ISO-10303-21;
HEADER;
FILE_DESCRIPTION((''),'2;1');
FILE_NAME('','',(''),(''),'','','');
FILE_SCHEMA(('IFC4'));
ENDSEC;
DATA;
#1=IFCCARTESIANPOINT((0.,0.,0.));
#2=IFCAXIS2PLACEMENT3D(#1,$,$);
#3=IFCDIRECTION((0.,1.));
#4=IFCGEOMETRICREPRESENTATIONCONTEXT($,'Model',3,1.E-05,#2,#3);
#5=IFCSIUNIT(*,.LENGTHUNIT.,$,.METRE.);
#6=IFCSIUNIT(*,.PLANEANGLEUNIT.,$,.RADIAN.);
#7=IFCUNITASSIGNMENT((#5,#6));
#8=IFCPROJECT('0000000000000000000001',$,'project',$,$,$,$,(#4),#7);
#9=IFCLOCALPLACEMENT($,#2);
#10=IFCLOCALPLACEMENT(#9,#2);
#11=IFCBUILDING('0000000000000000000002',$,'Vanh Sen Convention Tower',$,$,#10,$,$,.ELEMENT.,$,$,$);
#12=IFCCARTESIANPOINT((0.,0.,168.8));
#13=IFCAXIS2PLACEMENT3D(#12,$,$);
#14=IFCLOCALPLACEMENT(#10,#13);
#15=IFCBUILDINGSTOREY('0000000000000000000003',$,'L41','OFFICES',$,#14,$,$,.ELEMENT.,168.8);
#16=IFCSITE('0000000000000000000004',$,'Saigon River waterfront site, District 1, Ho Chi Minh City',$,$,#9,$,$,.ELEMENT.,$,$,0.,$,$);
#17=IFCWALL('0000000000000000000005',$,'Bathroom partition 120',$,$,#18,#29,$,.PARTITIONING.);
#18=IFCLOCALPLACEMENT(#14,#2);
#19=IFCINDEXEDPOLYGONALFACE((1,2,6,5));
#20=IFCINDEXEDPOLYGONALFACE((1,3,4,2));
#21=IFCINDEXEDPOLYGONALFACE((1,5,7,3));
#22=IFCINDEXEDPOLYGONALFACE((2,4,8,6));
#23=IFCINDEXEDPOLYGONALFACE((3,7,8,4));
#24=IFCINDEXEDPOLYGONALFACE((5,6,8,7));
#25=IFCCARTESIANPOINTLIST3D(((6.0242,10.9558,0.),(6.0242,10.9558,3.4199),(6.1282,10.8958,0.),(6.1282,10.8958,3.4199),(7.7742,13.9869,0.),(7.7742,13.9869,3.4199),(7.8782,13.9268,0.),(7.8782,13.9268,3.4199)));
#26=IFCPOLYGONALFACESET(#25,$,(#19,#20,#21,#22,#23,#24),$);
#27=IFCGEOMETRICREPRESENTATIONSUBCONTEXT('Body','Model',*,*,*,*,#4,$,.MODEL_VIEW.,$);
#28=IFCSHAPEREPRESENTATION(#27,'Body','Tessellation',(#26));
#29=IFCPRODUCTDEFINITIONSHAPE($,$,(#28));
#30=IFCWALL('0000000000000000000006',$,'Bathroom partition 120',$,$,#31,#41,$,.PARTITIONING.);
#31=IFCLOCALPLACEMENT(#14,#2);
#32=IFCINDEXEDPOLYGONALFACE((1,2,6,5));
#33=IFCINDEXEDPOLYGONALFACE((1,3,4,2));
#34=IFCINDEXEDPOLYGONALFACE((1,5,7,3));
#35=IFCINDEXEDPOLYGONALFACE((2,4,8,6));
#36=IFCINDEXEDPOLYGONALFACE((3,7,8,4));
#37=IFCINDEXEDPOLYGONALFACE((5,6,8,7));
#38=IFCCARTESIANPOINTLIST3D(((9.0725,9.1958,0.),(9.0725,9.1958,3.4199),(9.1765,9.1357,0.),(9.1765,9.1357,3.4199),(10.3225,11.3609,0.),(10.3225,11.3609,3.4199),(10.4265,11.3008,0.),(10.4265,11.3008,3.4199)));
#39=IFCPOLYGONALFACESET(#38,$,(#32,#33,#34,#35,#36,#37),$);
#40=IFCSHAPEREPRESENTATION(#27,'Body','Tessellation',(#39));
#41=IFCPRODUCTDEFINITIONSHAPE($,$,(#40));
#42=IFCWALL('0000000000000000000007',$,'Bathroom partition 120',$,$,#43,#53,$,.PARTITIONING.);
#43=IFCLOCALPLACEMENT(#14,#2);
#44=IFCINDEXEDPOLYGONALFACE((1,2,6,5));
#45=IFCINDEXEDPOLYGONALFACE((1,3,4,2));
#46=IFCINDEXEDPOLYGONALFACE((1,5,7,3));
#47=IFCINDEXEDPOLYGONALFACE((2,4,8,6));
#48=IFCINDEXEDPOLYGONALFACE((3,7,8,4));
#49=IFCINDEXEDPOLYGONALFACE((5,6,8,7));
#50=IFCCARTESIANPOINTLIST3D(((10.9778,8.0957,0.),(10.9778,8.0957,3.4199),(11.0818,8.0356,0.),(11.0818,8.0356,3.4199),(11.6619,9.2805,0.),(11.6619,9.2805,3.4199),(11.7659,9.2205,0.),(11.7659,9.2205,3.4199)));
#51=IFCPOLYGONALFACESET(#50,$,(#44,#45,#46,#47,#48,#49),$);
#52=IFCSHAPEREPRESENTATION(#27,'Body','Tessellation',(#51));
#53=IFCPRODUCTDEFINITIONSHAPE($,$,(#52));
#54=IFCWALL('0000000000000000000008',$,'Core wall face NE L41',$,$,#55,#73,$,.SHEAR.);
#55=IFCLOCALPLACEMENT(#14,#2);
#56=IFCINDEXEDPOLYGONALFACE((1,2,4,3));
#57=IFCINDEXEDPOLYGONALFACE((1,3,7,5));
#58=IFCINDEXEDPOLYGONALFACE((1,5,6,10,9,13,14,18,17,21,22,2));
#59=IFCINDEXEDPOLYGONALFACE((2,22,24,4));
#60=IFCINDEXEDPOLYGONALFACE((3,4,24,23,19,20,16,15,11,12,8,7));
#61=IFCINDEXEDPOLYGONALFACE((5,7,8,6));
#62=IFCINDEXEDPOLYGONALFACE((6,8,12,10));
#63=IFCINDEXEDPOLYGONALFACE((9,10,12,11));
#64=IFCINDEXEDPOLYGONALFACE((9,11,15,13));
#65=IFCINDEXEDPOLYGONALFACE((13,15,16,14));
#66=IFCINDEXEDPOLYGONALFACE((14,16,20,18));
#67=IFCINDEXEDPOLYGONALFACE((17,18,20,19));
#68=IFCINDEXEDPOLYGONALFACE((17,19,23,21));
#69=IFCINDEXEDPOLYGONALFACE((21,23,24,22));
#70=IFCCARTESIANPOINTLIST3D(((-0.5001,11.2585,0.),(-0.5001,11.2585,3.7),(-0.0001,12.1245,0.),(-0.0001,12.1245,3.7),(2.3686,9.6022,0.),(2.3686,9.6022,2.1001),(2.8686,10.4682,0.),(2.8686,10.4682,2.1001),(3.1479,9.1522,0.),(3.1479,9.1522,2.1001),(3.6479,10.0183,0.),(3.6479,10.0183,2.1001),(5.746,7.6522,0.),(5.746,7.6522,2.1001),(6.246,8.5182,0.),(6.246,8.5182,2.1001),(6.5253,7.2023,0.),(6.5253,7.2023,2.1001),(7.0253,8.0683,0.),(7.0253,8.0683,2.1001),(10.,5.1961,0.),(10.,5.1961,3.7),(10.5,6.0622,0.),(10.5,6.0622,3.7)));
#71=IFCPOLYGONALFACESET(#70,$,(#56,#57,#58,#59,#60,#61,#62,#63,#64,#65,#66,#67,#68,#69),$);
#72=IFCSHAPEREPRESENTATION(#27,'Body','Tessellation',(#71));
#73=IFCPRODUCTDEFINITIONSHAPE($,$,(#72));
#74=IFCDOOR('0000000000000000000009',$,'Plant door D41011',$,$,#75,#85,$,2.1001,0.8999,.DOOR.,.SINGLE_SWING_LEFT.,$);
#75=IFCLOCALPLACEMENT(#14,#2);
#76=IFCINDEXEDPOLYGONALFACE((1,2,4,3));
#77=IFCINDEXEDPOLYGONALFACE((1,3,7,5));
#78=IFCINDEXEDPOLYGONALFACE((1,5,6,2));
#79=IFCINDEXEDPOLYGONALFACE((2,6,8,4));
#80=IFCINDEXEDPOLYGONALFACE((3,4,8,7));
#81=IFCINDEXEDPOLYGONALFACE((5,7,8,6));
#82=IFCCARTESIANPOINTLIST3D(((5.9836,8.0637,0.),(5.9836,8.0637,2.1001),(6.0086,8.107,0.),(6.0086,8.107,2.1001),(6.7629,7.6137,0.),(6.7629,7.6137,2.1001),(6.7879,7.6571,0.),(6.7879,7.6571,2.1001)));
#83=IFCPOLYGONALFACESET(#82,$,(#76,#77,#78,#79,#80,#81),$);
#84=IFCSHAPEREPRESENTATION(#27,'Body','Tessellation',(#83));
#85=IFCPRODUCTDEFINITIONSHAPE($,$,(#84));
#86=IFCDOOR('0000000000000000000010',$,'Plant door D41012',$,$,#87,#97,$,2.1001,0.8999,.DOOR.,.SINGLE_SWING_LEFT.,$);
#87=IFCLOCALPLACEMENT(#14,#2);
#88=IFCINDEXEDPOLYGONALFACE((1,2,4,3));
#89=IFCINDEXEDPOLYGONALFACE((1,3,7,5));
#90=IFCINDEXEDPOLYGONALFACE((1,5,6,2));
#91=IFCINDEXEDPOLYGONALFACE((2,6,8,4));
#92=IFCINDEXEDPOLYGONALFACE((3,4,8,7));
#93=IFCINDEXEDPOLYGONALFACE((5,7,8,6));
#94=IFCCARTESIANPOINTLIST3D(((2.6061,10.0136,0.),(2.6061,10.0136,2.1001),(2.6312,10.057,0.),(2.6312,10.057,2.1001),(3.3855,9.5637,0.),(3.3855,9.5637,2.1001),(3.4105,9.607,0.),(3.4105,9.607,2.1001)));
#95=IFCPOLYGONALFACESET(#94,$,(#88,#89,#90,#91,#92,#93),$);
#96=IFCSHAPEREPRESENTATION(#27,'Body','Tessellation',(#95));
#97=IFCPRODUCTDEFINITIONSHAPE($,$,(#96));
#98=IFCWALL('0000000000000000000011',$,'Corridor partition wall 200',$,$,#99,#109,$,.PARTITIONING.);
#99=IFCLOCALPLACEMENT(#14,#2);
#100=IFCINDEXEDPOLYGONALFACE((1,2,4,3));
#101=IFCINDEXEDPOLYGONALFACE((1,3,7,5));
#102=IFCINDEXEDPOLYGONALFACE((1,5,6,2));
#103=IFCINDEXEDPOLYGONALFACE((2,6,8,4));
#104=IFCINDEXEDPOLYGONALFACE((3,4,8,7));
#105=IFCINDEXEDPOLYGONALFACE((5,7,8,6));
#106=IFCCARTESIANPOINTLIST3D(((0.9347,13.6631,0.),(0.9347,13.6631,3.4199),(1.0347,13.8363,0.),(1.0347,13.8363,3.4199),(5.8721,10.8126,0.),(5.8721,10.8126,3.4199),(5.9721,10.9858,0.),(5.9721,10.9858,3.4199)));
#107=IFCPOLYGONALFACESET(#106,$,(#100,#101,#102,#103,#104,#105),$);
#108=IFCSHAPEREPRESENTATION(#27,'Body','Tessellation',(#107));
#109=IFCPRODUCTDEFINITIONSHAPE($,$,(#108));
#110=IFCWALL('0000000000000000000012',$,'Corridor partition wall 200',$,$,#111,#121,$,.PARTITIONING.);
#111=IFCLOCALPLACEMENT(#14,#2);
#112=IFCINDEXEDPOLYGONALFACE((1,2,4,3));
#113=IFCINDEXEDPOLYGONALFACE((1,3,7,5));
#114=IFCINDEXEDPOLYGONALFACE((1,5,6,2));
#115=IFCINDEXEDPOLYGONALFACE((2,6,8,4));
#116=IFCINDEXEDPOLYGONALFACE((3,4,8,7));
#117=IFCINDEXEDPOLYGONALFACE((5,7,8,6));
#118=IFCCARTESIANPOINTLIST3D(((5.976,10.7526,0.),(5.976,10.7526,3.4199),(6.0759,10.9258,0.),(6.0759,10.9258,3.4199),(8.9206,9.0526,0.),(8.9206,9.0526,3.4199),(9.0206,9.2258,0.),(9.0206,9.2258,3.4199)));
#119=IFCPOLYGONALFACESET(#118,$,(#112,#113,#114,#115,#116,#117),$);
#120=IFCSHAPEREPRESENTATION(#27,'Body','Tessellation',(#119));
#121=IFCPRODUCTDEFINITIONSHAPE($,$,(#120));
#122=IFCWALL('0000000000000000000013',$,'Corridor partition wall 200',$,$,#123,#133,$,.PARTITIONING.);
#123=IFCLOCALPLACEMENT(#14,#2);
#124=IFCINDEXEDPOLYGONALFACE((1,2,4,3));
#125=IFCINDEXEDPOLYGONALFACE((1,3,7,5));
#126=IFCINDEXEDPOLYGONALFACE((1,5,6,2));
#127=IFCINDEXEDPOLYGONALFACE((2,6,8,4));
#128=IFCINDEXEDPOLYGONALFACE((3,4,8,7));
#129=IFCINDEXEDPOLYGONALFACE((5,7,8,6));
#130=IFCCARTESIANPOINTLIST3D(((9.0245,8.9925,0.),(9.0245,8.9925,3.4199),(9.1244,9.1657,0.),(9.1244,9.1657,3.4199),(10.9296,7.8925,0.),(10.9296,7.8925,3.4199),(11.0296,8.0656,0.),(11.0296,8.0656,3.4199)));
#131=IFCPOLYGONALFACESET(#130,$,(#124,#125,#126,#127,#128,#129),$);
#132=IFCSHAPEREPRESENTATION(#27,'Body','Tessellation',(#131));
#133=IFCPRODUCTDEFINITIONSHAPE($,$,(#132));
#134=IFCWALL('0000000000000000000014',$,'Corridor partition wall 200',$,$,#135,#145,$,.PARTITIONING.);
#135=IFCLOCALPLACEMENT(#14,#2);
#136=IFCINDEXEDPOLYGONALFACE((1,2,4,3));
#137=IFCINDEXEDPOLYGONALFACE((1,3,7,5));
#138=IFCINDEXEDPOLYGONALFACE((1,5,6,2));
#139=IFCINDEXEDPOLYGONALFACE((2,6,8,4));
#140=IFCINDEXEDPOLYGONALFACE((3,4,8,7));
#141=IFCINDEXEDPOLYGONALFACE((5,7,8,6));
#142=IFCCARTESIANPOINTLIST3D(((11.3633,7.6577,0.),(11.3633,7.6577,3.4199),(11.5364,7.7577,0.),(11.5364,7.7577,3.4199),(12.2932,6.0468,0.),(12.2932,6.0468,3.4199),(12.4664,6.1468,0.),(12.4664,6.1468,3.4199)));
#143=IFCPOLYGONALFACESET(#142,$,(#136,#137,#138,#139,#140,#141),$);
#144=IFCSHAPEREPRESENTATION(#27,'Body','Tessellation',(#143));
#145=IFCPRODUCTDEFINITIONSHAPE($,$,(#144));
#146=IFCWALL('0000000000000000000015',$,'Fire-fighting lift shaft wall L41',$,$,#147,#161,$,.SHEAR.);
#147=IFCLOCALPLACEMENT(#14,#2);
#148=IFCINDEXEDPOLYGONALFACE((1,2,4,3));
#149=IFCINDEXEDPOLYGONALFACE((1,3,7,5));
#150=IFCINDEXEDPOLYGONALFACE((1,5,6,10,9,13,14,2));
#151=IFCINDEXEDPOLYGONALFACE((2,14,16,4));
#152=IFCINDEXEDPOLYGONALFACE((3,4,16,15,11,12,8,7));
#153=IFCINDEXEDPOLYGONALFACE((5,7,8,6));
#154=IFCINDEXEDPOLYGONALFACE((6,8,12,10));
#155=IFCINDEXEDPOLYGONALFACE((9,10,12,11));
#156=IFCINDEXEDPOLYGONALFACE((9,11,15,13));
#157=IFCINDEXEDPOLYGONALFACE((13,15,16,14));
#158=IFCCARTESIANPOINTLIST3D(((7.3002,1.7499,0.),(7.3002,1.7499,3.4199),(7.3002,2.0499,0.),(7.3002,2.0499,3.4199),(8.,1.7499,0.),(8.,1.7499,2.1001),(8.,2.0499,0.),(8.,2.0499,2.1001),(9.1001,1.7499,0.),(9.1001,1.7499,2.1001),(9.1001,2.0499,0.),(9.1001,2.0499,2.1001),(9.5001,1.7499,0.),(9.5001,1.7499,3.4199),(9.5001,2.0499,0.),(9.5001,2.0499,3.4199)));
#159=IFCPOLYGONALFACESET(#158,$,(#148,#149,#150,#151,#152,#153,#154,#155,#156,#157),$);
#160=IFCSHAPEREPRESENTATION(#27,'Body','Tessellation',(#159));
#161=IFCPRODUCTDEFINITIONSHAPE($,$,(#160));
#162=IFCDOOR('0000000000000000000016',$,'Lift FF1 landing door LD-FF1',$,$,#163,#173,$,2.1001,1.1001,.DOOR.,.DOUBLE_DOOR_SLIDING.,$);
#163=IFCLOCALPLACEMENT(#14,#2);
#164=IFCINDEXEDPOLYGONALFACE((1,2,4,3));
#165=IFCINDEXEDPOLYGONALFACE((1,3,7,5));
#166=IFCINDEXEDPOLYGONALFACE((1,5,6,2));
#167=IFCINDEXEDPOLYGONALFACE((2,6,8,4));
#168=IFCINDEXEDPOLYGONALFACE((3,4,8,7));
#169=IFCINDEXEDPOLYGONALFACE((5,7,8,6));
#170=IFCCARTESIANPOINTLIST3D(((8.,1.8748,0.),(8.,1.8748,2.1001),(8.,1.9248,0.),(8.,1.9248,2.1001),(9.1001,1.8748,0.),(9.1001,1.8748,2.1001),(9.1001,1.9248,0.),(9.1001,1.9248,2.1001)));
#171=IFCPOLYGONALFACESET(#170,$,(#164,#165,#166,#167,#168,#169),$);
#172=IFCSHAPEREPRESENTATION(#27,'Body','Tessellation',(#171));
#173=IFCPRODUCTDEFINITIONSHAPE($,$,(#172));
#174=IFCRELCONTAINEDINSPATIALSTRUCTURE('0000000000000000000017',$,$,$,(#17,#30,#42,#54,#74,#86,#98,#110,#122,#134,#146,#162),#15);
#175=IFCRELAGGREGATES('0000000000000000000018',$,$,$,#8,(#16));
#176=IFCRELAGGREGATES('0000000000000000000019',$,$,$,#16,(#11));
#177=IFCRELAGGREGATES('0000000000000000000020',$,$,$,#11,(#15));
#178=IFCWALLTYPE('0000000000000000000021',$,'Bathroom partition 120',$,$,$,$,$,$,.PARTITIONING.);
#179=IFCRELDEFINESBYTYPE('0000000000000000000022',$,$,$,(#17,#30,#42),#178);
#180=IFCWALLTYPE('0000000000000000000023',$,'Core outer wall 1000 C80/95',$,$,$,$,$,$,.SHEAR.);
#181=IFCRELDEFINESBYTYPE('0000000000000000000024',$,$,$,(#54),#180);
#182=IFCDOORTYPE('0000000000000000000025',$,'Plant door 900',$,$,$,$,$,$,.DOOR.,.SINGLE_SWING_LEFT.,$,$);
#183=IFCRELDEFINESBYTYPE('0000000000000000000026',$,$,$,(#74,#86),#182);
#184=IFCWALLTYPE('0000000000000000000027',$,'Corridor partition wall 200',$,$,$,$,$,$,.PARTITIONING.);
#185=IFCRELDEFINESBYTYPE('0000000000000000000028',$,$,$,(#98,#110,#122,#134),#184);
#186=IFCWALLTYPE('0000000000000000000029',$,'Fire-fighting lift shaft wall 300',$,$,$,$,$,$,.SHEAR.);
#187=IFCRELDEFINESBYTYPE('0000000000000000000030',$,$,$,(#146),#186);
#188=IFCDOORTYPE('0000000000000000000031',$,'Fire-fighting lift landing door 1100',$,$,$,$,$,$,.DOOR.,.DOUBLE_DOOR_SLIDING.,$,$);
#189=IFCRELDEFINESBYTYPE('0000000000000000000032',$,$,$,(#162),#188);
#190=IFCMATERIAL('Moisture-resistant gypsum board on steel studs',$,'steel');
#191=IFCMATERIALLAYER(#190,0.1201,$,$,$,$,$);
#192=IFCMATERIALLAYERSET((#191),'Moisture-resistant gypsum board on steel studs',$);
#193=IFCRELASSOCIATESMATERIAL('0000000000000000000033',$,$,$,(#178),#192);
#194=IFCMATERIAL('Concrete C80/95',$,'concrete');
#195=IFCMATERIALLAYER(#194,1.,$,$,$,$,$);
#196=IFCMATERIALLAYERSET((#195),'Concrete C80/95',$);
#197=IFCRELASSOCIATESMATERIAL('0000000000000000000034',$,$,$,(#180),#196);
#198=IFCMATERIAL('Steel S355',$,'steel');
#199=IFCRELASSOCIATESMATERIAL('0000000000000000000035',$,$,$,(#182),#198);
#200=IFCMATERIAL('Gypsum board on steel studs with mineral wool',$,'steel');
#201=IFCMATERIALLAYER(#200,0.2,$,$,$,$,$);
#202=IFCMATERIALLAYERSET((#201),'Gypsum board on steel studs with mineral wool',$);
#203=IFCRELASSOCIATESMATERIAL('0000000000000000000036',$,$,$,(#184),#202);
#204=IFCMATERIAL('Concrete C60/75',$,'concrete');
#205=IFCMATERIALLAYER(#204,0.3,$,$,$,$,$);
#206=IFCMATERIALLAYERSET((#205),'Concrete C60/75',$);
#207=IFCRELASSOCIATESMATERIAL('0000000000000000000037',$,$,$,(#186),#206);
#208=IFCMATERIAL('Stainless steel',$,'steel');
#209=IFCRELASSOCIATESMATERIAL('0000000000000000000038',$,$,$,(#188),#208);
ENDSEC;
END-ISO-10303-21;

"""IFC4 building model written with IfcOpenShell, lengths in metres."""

from ifc_helpers import new_model, si_unit, direction, frame, frame_2d, origin, place, context, subcontext, project, spatial, rectangle, extrude, material, layer, layer_set, type_object, element, fill, save


model = new_model("IFC4")

# Units and contexts
model_context = context("Model", 3, precision=1e-05, world=origin(), true_north=direction((0.0, 1.0)))
body_context = subcontext(model_context, "Body", "Model", "MODEL_VIEW")
ifc_project = project(units=[si_unit("LENGTHUNIT", "METRE"), si_unit("PLANEANGLEUNIT", "RADIAN")], contexts=[model_context])

# Site, building, storey
site_placement = place(None, origin())
site = spatial("IfcSite", under=ifc_project, at=site_placement, Name="Saigon River waterfront site, District 1, Ho Chi Minh City", CompositionType="ELEMENT", RefElevation=0.0)
building_placement = place(site_placement, origin())
building = spatial("IfcBuilding", under=site, at=building_placement, Name="Vanh Sen Convention Tower", CompositionType="ELEMENT")
storey_placement = place(building_placement, frame((0.0, 0.0, 168.8)))
storey = spatial("IfcBuildingStorey", under=building, at=storey_placement, Name="L41", Description="OFFICES", CompositionType="ELEMENT", Elevation=168.8)

# Walls
ifc_material_1 = material(Name="Moisture-resistant gypsum board on steel studs", Category="steel")
ifc_layer_1 = layer(ifc_material_1, 0.1201)
ifc_layer_set_1 = layer_set([ifc_layer_1], Name="Moisture-resistant gypsum board on steel studs")
wall_type_1 = type_object("IfcWallType", Name="Bathroom partition 120", PredefinedType="PARTITIONING", material=ifc_layer_set_1)
wall_1_placement = place(storey_placement, frame((6.0762, 10.9258, 0.0), z_axis=(0.0, 0.0, 1.0), x_axis=(0.50001, 0.866019, 0.0)))
element("IfcWall", 1, at=wall_1_placement, inside=storey, type_object=wall_type_1, Name="Bathroom partition 120", PredefinedType="PARTITIONING", context=body_context, shape_type="SweptSolid", body=[
    extrude(rectangle(XDim=3.5, YDim=0.1201, at=frame_2d((1.75, 0.0))), origin(), (0.0, 0.0, 1.0), 3.4199),
])
wall_2_placement = place(storey_placement, frame((9.1245, 9.1658, 0.0), z_axis=(0.0, 0.0, 1.0), x_axis=(0.500004, 0.866023, 0.0)))
element("IfcWall", 2, at=wall_2_placement, inside=storey, type_object=wall_type_1, Name="Bathroom partition 120", PredefinedType="PARTITIONING", context=body_context, shape_type="SweptSolid", body=[
    extrude(rectangle(XDim=2.5, YDim=0.1201, at=frame_2d((1.25, 0.0))), origin(), (0.0, 0.0, 1.0), 3.4199),
])
wall_3_placement = place(storey_placement, frame((11.7139, 9.2505, 0.0), z_axis=(0.0, 0.0, 1.0), x_axis=(-0.500016, -0.866016, 0.0)))
element("IfcWall", 3, at=wall_3_placement, inside=storey, type_object=wall_type_1, Name="Bathroom partition 120", PredefinedType="PARTITIONING", context=body_context, shape_type="SweptSolid", body=[
    extrude(rectangle(XDim=1.3682, YDim=0.1201, at=frame_2d((0.6841, 0.0))), origin(), (0.0, 0.0, 1.0), 3.4199),
])

# Wall, openings, doors
ifc_material_2 = material(Name="Concrete C80/95", Category="concrete")
ifc_layer_2 = layer(ifc_material_2, 1.0)
ifc_layer_set_2 = layer_set([ifc_layer_2], Name="Concrete C80/95")
wall_type_2 = type_object("IfcWallType", Name="Core outer wall 1000 C80/95", PredefinedType="SHEAR", material=ifc_layer_set_2)
wall_4_placement = place(storey_placement, frame((10.25, 5.6292, 0.0), z_axis=(0.0, 0.0, 1.0), x_axis=(-0.866023, 0.500005, 0.0)))
wall_4 = element("IfcWall", 4, at=wall_4_placement, inside=storey, type_object=wall_type_2, Name="Core wall face NE L41", PredefinedType="SHEAR", context=body_context, shape_type="SweptSolid", body=[
    extrude(rectangle(XDim=12.1245, YDim=1.0, at=frame_2d((6.0623, 0.0))), origin(), (0.0, 0.0, 1.0), 3.7),
])
opening_1_placement = place(wall_4_placement, frame((4.0122, 0.0, 0.0)))
opening_1 = element("IfcOpeningElement", 5, at=opening_1_placement, cuts=wall_4, PredefinedType="OPENING", context=body_context, shape_type="SweptSolid", body=[
    extrude(rectangle(XDim=0.8999, YDim=2.1001, at=frame_2d((0.45, 1.05))), frame((0.0, 0.51, 0.0), z_axis=(0.0, -1.0, 0.0), x_axis=(1.0, 0.0, 0.0)), (0.0, 0.0, 1.0), 1.02),
])
opening_2_placement = place(wall_4_placement, frame((7.9121, 0.0, 0.0)))
opening_2 = element("IfcOpeningElement", 6, at=opening_2_placement, cuts=wall_4, PredefinedType="OPENING", context=body_context, shape_type="SweptSolid", body=[
    extrude(rectangle(XDim=0.8999, YDim=2.1001, at=frame_2d((0.45, 1.05))), frame((0.0, 0.51, 0.0), z_axis=(0.0, -1.0, 0.0), x_axis=(1.0, 0.0, 0.0)), (0.0, 0.0, 1.0), 1.02),
])
ifc_material_3 = material(Name="Steel S355", Category="steel")
door_type_1 = type_object("IfcDoorType", Name="Plant door 900", OperationType="SINGLE_SWING_LEFT", PredefinedType="DOOR", material=ifc_material_3)
door_1_placement = place(opening_1_placement, origin())
door_1 = element("IfcDoor", 7, at=door_1_placement, inside=storey, type_object=door_type_1, Name="Plant door D41011", OperationType="SINGLE_SWING_LEFT", OverallHeight=2.1001, OverallWidth=0.8999, PredefinedType="DOOR", context=body_context, shape_type="SweptSolid", body=[
    extrude(rectangle(XDim=0.8999, YDim=2.1001, at=frame_2d((0.45, 1.05))), frame((0.0, 0.0249, 0.0), z_axis=(0.0, -1.0, 0.0), x_axis=(1.0, 0.0, 0.0)), (0.0, 0.0, 1.0), 0.05),
])
fill(opening_1, door_1)
door_2_placement = place(opening_2_placement, origin())
door_2 = element("IfcDoor", 8, at=door_2_placement, inside=storey, type_object=door_type_1, Name="Plant door D41012", OperationType="SINGLE_SWING_LEFT", OverallHeight=2.1001, OverallWidth=0.8999, PredefinedType="DOOR", context=body_context, shape_type="SweptSolid", body=[
    extrude(rectangle(XDim=0.8999, YDim=2.1001, at=frame_2d((0.45, 1.05))), frame((0.0, 0.0249, 0.0), z_axis=(0.0, -1.0, 0.0), x_axis=(1.0, 0.0, 0.0)), (0.0, 0.0, 1.0), 0.05),
])
fill(opening_2, door_2)

# Walls
ifc_material_4 = material(Name="Gypsum board on steel studs with mineral wool", Category="steel")
ifc_layer_3 = layer(ifc_material_4, 0.2)
ifc_layer_set_3 = layer_set([ifc_layer_3], Name="Gypsum board on steel studs with mineral wool")
wall_type_3 = type_object("IfcWallType", Name="Corridor partition wall 200", PredefinedType="PARTITIONING", material=ifc_layer_set_3)
wall_5_placement = place(storey_placement, frame((5.9221, 10.8992, 0.0), z_axis=(0.0, 0.0, 1.0), x_axis=(-0.866032, 0.499989, 0.0)))
element("IfcWall", 9, at=wall_5_placement, inside=storey, type_object=wall_type_3, Name="Corridor partition wall 200", PredefinedType="PARTITIONING", context=body_context, shape_type="SweptSolid", body=[
    extrude(rectangle(XDim=5.7012, YDim=0.2, at=frame_2d((2.8506, 0.0))), origin(), (0.0, 0.0, 1.0), 3.4199),
])
wall_6_placement = place(storey_placement, frame((8.9707, 9.1392, 0.0), z_axis=(0.0, 0.0, 1.0), x_axis=(-0.866039, 0.499977, 0.0)))
element("IfcWall", 10, at=wall_6_placement, inside=storey, type_object=wall_type_3, Name="Corridor partition wall 200", PredefinedType="PARTITIONING", context=body_context, shape_type="SweptSolid", body=[
    extrude(rectangle(XDim=3.4001, YDim=0.2, at=frame_2d((1.7002, 0.0))), origin(), (0.0, 0.0, 1.0), 3.4199),
])
wall_7_placement = place(storey_placement, frame((10.9797, 7.979, 0.0), z_axis=(0.0, 0.0, 1.0), x_axis=(-0.866008, 0.50003, 0.0)))
element("IfcWall", 11, at=wall_7_placement, inside=storey, type_object=wall_type_3, Name="Corridor partition wall 200", PredefinedType="PARTITIONING", context=body_context, shape_type="SweptSolid", body=[
    extrude(rectangle(XDim=2.2, YDim=0.2, at=frame_2d((1.1001, 0.0))), origin(), (0.0, 0.0, 1.0), 3.4199),
])
wall_8_placement = place(storey_placement, frame((12.3799, 6.0967, 0.0), z_axis=(0.0, 0.0, 1.0), x_axis=(-0.499965, 0.866046, 0.0)))
element("IfcWall", 12, at=wall_8_placement, inside=storey, type_object=wall_type_3, Name="Corridor partition wall 200", PredefinedType="PARTITIONING", context=body_context, shape_type="SweptSolid", body=[
    extrude(rectangle(XDim=1.8601, YDim=0.2, at=frame_2d((0.9302, 0.0))), origin(), (0.0, 0.0, 1.0), 3.4199),
])

# Wall, opening, door
ifc_material_5 = material(Name="Concrete C60/75", Category="concrete")
ifc_layer_4 = layer(ifc_material_5, 0.3)
ifc_layer_set_4 = layer_set([ifc_layer_4], Name="Concrete C60/75")
wall_type_4 = type_object("IfcWallType", Name="Fire-fighting lift shaft wall 300", PredefinedType="SHEAR", material=ifc_layer_set_4)
wall_9_placement = place(storey_placement, frame((7.3, 1.8999, 0.0), z_axis=(0.0, 0.0, 1.0), x_axis=(1.0, 0.0, 0.0)))
wall_9 = element("IfcWall", 13, at=wall_9_placement, inside=storey, type_object=wall_type_4, Name="Fire-fighting lift shaft wall L41", PredefinedType="SHEAR", context=body_context, shape_type="SweptSolid", body=[
    extrude(rectangle(XDim=2.2, YDim=0.3, at=frame_2d((1.1001, 0.0))), origin(), (0.0, 0.0, 1.0), 3.4199),
])
opening_3_placement = place(wall_9_placement, frame((0.7, 0.0, 0.0)))
opening_3 = element("IfcOpeningElement", 14, at=opening_3_placement, cuts=wall_9, PredefinedType="OPENING", context=body_context, shape_type="SweptSolid", body=[
    extrude(rectangle(XDim=1.1001, YDim=2.1001, at=frame_2d((0.55, 1.05))), frame((0.0, 0.1599, 0.0), z_axis=(0.0, -1.0, 0.0), x_axis=(1.0, 0.0, 0.0)), (0.0, 0.0, 1.0), 0.3201),
])
ifc_material_6 = material(Name="Stainless steel", Category="steel")
door_type_2 = type_object("IfcDoorType", Name="Fire-fighting lift landing door 1100", OperationType="DOUBLE_DOOR_SLIDING", PredefinedType="DOOR", material=ifc_material_6)
door_3_placement = place(opening_3_placement, origin())
door_3 = element("IfcDoor", 15, at=door_3_placement, inside=storey, type_object=door_type_2, Name="Lift FF1 landing door LD-FF1", OperationType="DOUBLE_DOOR_SLIDING", OverallHeight=2.1001, OverallWidth=1.1001, PredefinedType="DOOR", context=body_context, shape_type="SweptSolid", body=[
    extrude(rectangle(XDim=1.1001, YDim=2.1001, at=frame_2d((0.55, 1.05))), frame((0.0, 0.0249, 0.0), z_axis=(0.0, -1.0, 0.0), x_axis=(1.0, 0.0, 0.0)), (0.0, 0.0, 1.0), 0.05),
])
fill(opening_3, door_3)

save(model, "model.ifc")
